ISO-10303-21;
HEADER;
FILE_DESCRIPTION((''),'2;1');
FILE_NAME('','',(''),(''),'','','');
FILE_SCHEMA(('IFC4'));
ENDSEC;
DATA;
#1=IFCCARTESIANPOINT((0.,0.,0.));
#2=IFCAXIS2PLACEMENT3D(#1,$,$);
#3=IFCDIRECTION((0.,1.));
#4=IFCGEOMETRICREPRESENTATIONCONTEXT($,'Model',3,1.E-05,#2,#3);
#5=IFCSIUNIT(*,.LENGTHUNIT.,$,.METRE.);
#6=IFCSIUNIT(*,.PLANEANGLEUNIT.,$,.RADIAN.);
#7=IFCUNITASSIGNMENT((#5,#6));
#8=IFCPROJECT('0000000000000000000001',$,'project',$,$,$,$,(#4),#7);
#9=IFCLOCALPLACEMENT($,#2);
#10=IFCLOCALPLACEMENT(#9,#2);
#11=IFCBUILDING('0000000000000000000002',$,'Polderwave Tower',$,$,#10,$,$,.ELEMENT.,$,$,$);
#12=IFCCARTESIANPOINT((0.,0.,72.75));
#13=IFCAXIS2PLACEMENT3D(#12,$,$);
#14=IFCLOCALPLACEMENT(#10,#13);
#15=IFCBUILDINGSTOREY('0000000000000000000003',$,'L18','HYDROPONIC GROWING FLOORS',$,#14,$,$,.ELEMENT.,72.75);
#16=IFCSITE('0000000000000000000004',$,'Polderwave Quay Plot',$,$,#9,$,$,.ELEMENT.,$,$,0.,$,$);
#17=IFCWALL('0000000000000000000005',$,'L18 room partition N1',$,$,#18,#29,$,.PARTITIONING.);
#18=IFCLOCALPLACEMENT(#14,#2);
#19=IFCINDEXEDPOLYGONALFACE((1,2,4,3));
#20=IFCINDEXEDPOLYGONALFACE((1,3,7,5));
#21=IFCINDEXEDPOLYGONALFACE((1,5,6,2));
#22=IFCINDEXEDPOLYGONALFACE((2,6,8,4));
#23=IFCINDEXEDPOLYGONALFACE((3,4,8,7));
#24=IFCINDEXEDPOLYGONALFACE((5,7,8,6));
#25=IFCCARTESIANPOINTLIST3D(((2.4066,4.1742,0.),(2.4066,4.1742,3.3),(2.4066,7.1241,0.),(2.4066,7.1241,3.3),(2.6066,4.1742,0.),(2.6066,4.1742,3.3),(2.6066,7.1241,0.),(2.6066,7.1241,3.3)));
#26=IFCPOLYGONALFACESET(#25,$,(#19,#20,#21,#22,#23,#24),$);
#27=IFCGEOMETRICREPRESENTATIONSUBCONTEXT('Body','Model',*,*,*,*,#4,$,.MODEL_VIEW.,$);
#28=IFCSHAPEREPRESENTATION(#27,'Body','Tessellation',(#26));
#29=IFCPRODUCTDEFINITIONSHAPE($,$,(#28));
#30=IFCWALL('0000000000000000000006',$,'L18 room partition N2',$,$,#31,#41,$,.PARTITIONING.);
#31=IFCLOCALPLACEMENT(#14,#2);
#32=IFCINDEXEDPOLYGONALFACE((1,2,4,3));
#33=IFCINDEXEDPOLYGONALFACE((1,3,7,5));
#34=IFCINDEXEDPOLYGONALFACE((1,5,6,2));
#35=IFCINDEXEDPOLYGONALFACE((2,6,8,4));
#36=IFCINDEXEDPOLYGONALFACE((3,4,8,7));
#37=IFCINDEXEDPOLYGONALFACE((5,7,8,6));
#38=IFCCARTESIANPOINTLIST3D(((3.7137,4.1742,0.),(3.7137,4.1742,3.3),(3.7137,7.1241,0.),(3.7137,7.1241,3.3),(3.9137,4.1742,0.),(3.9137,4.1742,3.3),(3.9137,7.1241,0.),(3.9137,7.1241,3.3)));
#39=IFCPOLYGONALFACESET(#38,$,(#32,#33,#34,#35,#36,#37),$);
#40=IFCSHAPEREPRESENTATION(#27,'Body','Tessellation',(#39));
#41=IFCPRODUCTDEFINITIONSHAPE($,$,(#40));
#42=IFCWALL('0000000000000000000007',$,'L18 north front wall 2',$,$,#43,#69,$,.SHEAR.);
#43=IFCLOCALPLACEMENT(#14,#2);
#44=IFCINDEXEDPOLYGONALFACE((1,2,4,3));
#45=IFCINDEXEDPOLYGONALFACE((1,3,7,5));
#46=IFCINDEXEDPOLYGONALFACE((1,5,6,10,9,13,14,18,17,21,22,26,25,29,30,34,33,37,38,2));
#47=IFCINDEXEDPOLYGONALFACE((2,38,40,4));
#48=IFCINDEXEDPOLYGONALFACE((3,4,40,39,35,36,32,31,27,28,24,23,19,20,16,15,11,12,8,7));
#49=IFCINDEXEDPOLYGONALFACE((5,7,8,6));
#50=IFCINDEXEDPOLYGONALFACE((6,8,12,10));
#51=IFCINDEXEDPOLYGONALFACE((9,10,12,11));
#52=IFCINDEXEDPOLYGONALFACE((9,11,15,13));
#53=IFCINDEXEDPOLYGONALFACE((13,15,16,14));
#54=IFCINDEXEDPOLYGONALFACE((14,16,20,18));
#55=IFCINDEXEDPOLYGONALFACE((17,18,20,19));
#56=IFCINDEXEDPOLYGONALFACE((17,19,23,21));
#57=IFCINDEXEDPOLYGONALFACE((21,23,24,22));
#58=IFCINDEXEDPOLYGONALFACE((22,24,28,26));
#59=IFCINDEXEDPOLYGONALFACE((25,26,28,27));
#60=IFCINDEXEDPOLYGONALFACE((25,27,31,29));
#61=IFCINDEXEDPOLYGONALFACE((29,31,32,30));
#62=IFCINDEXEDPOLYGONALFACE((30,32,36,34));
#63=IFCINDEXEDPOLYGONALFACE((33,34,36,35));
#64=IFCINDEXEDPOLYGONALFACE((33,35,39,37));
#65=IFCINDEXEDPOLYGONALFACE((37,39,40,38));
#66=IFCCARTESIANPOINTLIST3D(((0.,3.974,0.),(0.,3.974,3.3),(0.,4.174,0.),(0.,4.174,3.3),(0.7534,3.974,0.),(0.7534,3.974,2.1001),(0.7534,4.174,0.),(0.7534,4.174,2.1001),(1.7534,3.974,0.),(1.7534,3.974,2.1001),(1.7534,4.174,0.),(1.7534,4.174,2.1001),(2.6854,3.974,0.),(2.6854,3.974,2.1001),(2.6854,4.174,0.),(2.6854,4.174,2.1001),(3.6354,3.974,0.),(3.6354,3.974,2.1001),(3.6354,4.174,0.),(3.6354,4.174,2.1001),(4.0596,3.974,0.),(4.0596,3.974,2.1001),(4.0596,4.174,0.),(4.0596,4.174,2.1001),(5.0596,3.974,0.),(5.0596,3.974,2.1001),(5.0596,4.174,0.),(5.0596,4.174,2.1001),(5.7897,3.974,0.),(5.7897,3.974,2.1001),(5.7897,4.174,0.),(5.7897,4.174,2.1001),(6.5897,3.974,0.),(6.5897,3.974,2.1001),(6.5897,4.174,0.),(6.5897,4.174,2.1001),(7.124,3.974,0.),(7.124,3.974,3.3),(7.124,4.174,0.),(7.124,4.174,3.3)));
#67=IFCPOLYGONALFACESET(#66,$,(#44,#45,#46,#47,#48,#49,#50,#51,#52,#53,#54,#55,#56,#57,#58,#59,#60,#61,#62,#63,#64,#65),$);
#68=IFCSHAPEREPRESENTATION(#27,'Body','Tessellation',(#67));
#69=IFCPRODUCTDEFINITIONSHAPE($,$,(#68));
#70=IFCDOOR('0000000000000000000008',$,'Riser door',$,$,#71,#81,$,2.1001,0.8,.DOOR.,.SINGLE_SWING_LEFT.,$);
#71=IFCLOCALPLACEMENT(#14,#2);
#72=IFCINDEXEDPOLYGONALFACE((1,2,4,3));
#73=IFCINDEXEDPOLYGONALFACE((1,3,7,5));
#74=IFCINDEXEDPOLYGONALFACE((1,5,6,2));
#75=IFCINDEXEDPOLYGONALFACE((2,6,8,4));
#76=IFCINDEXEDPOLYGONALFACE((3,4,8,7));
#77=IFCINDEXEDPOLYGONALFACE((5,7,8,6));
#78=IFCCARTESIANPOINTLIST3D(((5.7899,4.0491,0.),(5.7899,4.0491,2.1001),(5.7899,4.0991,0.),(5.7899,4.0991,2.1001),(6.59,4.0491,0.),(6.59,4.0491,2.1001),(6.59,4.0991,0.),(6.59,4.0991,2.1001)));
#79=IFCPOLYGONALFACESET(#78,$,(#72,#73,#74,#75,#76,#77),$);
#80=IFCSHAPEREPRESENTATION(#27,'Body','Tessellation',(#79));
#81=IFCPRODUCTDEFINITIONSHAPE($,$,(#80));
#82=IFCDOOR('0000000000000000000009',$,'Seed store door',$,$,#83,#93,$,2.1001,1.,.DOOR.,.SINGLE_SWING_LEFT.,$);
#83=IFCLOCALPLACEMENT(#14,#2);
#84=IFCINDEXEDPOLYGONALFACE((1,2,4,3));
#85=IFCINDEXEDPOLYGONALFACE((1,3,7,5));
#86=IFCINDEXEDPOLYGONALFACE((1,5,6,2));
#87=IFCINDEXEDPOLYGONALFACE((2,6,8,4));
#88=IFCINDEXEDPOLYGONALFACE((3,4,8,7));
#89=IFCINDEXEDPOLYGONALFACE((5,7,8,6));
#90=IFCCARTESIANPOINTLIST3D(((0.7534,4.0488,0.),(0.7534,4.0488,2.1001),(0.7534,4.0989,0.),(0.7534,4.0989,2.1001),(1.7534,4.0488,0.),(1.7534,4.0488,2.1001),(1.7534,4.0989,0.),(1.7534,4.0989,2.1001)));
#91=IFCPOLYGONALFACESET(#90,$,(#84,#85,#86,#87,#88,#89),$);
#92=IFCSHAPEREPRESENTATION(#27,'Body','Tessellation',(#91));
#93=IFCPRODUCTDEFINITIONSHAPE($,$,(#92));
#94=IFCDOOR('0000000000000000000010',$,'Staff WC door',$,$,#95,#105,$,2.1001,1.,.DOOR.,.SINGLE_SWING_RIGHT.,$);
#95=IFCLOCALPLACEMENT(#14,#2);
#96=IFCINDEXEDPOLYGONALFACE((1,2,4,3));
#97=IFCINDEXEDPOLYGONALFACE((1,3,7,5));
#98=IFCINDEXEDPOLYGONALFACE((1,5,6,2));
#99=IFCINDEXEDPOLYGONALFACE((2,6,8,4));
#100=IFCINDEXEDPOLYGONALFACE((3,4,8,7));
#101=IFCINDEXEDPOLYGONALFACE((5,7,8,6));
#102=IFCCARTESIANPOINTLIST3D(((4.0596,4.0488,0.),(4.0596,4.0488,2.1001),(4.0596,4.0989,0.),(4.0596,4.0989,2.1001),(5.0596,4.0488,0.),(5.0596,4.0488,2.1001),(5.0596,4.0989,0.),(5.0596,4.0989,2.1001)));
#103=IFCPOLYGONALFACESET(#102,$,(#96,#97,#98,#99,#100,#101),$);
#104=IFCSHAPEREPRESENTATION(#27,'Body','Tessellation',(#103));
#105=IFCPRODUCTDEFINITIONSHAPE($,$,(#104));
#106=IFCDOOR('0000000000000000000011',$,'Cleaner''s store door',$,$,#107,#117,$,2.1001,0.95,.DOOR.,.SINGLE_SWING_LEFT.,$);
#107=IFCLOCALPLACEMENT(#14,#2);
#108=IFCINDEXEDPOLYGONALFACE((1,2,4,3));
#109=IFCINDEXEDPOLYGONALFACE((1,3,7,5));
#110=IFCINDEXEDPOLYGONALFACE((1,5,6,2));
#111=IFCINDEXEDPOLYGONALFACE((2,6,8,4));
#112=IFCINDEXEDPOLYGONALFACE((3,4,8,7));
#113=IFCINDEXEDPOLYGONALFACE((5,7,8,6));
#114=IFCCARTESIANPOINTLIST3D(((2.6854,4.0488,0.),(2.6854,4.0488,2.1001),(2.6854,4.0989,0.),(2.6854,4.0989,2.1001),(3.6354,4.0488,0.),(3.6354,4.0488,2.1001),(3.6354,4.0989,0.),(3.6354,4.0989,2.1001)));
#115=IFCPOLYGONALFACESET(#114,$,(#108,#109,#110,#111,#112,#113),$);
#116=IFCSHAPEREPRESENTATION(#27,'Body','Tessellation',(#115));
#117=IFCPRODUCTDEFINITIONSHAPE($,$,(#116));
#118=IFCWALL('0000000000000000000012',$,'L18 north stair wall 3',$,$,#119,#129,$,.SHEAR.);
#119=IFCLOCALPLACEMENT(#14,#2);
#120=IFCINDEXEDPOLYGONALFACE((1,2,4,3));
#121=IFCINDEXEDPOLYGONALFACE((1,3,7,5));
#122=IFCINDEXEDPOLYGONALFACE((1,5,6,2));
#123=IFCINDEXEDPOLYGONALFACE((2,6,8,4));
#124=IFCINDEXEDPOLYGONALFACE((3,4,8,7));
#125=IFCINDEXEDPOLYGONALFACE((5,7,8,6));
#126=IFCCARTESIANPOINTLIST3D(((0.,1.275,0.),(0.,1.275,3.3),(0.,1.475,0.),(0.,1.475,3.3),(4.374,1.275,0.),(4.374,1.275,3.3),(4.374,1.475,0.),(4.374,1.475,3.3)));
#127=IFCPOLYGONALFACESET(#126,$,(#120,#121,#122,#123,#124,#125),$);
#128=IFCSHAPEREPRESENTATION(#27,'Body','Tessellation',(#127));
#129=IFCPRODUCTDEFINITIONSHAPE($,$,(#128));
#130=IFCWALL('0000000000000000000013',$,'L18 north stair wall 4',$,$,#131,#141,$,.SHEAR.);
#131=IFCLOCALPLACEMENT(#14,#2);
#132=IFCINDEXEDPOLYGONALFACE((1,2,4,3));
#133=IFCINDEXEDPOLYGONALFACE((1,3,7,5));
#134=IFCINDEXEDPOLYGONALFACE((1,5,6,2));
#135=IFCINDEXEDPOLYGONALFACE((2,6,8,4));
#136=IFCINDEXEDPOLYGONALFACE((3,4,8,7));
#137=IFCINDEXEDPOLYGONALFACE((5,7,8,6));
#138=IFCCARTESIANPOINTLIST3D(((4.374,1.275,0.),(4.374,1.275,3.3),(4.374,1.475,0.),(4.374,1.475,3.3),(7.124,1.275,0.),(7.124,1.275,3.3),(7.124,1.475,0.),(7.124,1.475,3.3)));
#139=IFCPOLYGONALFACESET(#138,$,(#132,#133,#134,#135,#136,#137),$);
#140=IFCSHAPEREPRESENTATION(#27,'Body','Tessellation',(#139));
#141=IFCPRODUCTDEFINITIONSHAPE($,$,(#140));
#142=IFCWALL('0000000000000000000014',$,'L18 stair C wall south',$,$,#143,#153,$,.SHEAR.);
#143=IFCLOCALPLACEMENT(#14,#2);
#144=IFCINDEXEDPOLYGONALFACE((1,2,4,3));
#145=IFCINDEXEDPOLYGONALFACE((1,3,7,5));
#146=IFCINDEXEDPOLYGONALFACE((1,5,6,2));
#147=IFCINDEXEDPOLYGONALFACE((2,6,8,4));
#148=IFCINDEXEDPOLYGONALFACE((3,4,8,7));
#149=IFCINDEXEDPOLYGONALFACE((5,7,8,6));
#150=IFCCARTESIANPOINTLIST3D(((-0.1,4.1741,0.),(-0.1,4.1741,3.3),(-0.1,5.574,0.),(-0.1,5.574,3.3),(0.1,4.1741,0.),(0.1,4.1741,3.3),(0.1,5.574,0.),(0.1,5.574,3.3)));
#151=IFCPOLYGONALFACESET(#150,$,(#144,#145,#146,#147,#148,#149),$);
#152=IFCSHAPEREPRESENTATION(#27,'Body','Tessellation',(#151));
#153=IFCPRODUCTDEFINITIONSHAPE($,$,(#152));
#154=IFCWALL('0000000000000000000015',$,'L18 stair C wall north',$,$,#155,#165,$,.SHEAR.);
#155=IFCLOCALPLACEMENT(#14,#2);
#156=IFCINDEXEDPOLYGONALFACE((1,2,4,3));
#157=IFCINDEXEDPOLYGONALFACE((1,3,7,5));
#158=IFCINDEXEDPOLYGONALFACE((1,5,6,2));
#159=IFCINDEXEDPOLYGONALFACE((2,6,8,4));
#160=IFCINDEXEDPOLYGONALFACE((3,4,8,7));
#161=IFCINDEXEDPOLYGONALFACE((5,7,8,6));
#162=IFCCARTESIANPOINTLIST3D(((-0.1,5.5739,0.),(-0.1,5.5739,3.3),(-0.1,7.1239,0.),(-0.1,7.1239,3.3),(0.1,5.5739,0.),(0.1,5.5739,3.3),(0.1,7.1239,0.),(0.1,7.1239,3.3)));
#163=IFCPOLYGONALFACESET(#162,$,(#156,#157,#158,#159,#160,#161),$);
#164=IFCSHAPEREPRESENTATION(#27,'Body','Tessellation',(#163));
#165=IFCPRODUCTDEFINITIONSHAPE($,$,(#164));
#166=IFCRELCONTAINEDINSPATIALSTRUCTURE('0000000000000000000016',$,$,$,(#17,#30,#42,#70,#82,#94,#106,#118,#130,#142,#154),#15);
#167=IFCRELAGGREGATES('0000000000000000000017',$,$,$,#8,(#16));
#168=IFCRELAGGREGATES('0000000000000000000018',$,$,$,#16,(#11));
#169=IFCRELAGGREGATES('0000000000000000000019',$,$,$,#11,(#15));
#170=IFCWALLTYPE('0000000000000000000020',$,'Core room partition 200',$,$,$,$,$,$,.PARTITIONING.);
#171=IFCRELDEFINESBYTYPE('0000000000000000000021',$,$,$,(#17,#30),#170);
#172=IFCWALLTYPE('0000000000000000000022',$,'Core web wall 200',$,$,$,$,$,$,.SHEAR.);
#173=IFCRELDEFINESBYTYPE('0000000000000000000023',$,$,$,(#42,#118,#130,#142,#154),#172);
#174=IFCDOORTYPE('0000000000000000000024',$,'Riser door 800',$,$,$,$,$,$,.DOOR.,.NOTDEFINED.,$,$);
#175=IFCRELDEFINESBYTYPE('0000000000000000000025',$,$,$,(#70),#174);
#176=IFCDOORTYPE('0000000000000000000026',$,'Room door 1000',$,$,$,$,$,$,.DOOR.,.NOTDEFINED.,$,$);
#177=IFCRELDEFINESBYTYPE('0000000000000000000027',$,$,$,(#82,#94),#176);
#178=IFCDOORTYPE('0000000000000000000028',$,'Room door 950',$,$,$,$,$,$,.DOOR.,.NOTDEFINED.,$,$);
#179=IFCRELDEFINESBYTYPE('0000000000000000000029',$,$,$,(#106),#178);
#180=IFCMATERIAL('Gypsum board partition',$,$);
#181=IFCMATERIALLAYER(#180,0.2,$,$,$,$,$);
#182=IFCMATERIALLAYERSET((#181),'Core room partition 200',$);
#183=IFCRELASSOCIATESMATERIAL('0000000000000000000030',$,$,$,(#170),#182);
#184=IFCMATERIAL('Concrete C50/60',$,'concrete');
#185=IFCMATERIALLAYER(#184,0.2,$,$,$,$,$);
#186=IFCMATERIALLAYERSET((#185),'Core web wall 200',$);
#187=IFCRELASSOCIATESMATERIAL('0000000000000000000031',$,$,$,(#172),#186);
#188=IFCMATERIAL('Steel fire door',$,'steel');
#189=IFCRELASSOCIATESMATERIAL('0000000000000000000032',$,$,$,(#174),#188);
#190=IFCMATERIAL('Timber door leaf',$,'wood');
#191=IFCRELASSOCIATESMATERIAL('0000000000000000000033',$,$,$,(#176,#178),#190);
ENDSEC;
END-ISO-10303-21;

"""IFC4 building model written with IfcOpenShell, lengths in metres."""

from ifc_helpers import new_model, si_unit, direction, frame, frame_2d, origin, place, context, subcontext, project, spatial, rectangle, extrude, material, layer, layer_set, type_object, element, fill, save


model = new_model("IFC4")

# Units and contexts
model_context = context("Model", 3, precision=1e-05, world=origin(), true_north=direction((0.0, 1.0)))
body_context = subcontext(model_context, "Body", "Model", "MODEL_VIEW")
ifc_project = project(units=[si_unit("LENGTHUNIT", "METRE"), si_unit("PLANEANGLEUNIT", "RADIAN")], contexts=[model_context])

# Site, building, storey
site_placement = place(None, origin())
site = spatial("IfcSite", under=ifc_project, at=site_placement, Name="Polderwave Quay Plot", CompositionType="ELEMENT", RefElevation=0.0)
building_placement = place(site_placement, origin())
building = spatial("IfcBuilding", under=site, at=building_placement, Name="Polderwave Tower", CompositionType="ELEMENT")
storey_placement = place(building_placement, frame((0.0, 0.0, 72.75)))
storey = spatial("IfcBuildingStorey", under=building, at=storey_placement, Name="L18", Description="HYDROPONIC GROWING FLOORS", CompositionType="ELEMENT", Elevation=72.75)

# Walls
ifc_material_1 = material(Name="Gypsum board partition")
ifc_layer_1 = layer(ifc_material_1, 0.2)
ifc_layer_set_1 = layer_set([ifc_layer_1], Name="Core room partition 200")
wall_type_1 = type_object("IfcWallType", Name="Core room partition 200", PredefinedType="PARTITIONING", material=ifc_layer_set_1)
for number, where, z_axis, x_axis, name in (
    (1, (2.5066, 4.1741, 0.0), (0.0, 0.0, 1.0), (0.0, 1.0, 0.0), "L18 room partition N1"),
    (2, (3.8137, 4.1741, 0.0), (0.0, 0.0, 1.0), (0.0, 1.0, 0.0), "L18 room partition N2"),
):
    element("IfcWall", number, at=place(storey_placement, frame(where, z_axis=z_axis, x_axis=x_axis)), inside=storey, type_object=wall_type_1, Name=name, PredefinedType="PARTITIONING", context=body_context, shape_type="SweptSolid", body=[
        extrude(rectangle(XDim=2.95, YDim=0.2, at=frame_2d((1.4751, 0.0))), origin(), (0.0, 0.0, 1.0), 3.3),
    ])

# Wall, openings, doors
ifc_material_2 = material(Name="Concrete C50/60", Category="concrete")
ifc_layer_2 = layer(ifc_material_2, 0.2)
ifc_layer_set_2 = layer_set([ifc_layer_2], Name="Core web wall 200")
wall_type_2 = type_object("IfcWallType", Name="Core web wall 200", PredefinedType="SHEAR", material=ifc_layer_set_2)
wall_1_placement = place(storey_placement, frame((0.0, 4.074, 0.0), z_axis=(0.0, 0.0, 1.0), x_axis=(1.0, 0.0, 0.0)))
wall_1 = element("IfcWall", 3, at=wall_1_placement, inside=storey, type_object=wall_type_2, Name="L18 north front wall 2", PredefinedType="SHEAR", context=body_context, shape_type="SweptSolid", body=[
    extrude(rectangle(XDim=7.124, YDim=0.2, at=frame_2d((3.562, 0.0))), origin(), (0.0, 0.0, 1.0), 3.3),
])
opening_1_placement = place(wall_1_placement, frame((0.7534, 0.0, 0.0)))
opening_1 = element("IfcOpeningElement", 4, at=opening_1_placement, cuts=wall_1, PredefinedType="OPENING", context=body_context, shape_type="SweptSolid", body=[
    extrude(rectangle(XDim=1.0, YDim=2.1001, at=frame_2d((0.5, 1.05))), frame((0.0, 0.1099, 0.0), z_axis=(0.0, -1.0, 0.0), x_axis=(1.0, 0.0, 0.0)), (0.0, 0.0, 1.0), 0.22),
])
opening_2_placement = place(wall_1_placement, frame((2.6853, 0.0, 0.0)))
opening_2 = element("IfcOpeningElement", 5, at=opening_2_placement, cuts=wall_1, PredefinedType="OPENING", context=body_context, shape_type="SweptSolid", body=[
    extrude(rectangle(XDim=0.95, YDim=2.1001, at=frame_2d((0.4751, 1.05))), frame((0.0, 0.1099, 0.0), z_axis=(0.0, -1.0, 0.0), x_axis=(1.0, 0.0, 0.0)), (0.0, 0.0, 1.0), 0.22),
])
opening_3_placement = place(wall_1_placement, frame((4.0596, 0.0, 0.0)))
opening_3 = element("IfcOpeningElement", 6, at=opening_3_placement, cuts=wall_1, PredefinedType="OPENING", context=body_context, shape_type="SweptSolid", body=[
    extrude(rectangle(XDim=1.0, YDim=2.1001, at=frame_2d((0.5, 1.05))), frame((0.0, 0.1099, 0.0), z_axis=(0.0, -1.0, 0.0), x_axis=(1.0, 0.0, 0.0)), (0.0, 0.0, 1.0), 0.22),
])
opening_4_placement = place(wall_1_placement, frame((5.7898, 0.0, 0.0)))
opening_4 = element("IfcOpeningElement", 7, at=opening_4_placement, cuts=wall_1, PredefinedType="OPENING", context=body_context, shape_type="SweptSolid", body=[
    extrude(rectangle(XDim=0.8, YDim=2.1001, at=frame_2d((0.3999, 1.05))), frame((0.0, 0.1099, 0.0), z_axis=(0.0, -1.0, 0.0), x_axis=(1.0, 0.0, 0.0)), (0.0, 0.0, 1.0), 0.22),
])
ifc_material_3 = material(Name="Steel fire door", Category="steel")
door_type_1 = type_object("IfcDoorType", Name="Riser door 800", OperationType="NOTDEFINED", PredefinedType="DOOR", material=ifc_material_3)
door_1_placement = place(opening_4_placement, frame((0.8, 0.0, 0.0), z_axis=(0.0, 0.0, 1.0), x_axis=(-1.0, 0.0, 0.0)))
door_1 = element("IfcDoor", 8, at=door_1_placement, inside=storey, type_object=door_type_1, Name="Riser door", OperationType="SINGLE_SWING_LEFT", OverallHeight=2.1001, OverallWidth=0.8, PredefinedType="DOOR", context=body_context, shape_type="SweptSolid", body=[
    extrude(rectangle(XDim=0.8, YDim=2.1001, at=frame_2d((0.3999, 1.05))), frame((0.0, 0.0249, 0.0), z_axis=(0.0, -1.0, 0.0), x_axis=(1.0, 0.0, 0.0)), (0.0, 0.0, 1.0), 0.05),
])
fill(opening_4, door_1)
ifc_material_4 = material(Name="Timber door leaf", Category="wood")
door_type_2 = type_object("IfcDoorType", Name="Room door 1000", OperationType="NOTDEFINED", PredefinedType="DOOR", material=ifc_material_4)
door_2_placement = place(opening_1_placement, origin())
door_2 = element("IfcDoor", 9, at=door_2_placement, inside=storey, type_object=door_type_2, Name="Seed store door", OperationType="SINGLE_SWING_LEFT", OverallHeight=2.1001, OverallWidth=1.0, PredefinedType="DOOR", context=body_context, shape_type="SweptSolid", body=[
    extrude(rectangle(XDim=1.0, YDim=2.1001, at=frame_2d((0.5, 1.05))), frame((0.0, 0.0249, 0.0), z_axis=(0.0, -1.0, 0.0), x_axis=(1.0, 0.0, 0.0)), (0.0, 0.0, 1.0), 0.05),
])
fill(opening_1, door_2)
door_3_placement = place(opening_3_placement, origin())
door_3 = element("IfcDoor", 10, at=door_3_placement, inside=storey, type_object=door_type_2, Name="Staff WC door", OperationType="SINGLE_SWING_RIGHT", OverallHeight=2.1001, OverallWidth=1.0, PredefinedType="DOOR", context=body_context, shape_type="SweptSolid", body=[
    extrude(rectangle(XDim=1.0, YDim=2.1001, at=frame_2d((0.5, 1.05))), frame((0.0, 0.0249, 0.0), z_axis=(0.0, -1.0, 0.0), x_axis=(1.0, 0.0, 0.0)), (0.0, 0.0, 1.0), 0.05),
])
fill(opening_3, door_3)
door_type_3 = type_object("IfcDoorType", Name="Room door 950", OperationType="NOTDEFINED", PredefinedType="DOOR", material=ifc_material_4)
door_4_placement = place(opening_2_placement, origin())
door_4 = element("IfcDoor", 11, at=door_4_placement, inside=storey, type_object=door_type_3, Name="Cleaner's store door", OperationType="SINGLE_SWING_LEFT", OverallHeight=2.1001, OverallWidth=0.95, PredefinedType="DOOR", context=body_context, shape_type="SweptSolid", body=[
    extrude(rectangle(XDim=0.95, YDim=2.1001, at=frame_2d((0.4751, 1.05))), frame((0.0, 0.0249, 0.0), z_axis=(0.0, -1.0, 0.0), x_axis=(1.0, 0.0, 0.0)), (0.0, 0.0, 1.0), 0.05),
])
fill(opening_2, door_4)

# Walls
wall_2_placement = place(storey_placement, frame((0.0, 1.375, 0.0), z_axis=(0.0, 0.0, 1.0), x_axis=(1.0, 0.0, 0.0)))
element("IfcWall", 12, at=wall_2_placement, inside=storey, type_object=wall_type_2, Name="L18 north stair wall 3", PredefinedType="SHEAR", context=body_context, shape_type="SweptSolid", body=[
    extrude(rectangle(XDim=4.374, YDim=0.2, at=frame_2d((2.187, 0.0))), origin(), (0.0, 0.0, 1.0), 3.3),
])
wall_3_placement = place(storey_placement, frame((4.374, 1.375, 0.0), z_axis=(0.0, 0.0, 1.0), x_axis=(1.0, 0.0, 0.0)))
element("IfcWall", 13, at=wall_3_placement, inside=storey, type_object=wall_type_2, Name="L18 north stair wall 4", PredefinedType="SHEAR", context=body_context, shape_type="SweptSolid", body=[
    extrude(rectangle(XDim=2.75, YDim=0.2, at=frame_2d((1.375, 0.0))), origin(), (0.0, 0.0, 1.0), 3.3),
])
wall_4_placement = place(storey_placement, frame((0.0, 4.1741, 0.0), z_axis=(0.0, 0.0, 1.0), x_axis=(0.0, 1.0, 0.0)))
element("IfcWall", 14, at=wall_4_placement, inside=storey, type_object=wall_type_2, Name="L18 stair C wall south", PredefinedType="SHEAR", context=body_context, shape_type="SweptSolid", body=[
    extrude(rectangle(XDim=1.3999, YDim=0.2, at=frame_2d((0.7, 0.0))), origin(), (0.0, 0.0, 1.0), 3.3),
])
wall_5_placement = place(storey_placement, frame((0.0, 5.574, 0.0), z_axis=(0.0, 0.0, 1.0), x_axis=(0.0, 1.0, 0.0)))
element("IfcWall", 15, at=wall_5_placement, inside=storey, type_object=wall_type_2, Name="L18 stair C wall north", PredefinedType="SHEAR", context=body_context, shape_type="SweptSolid", body=[
    extrude(rectangle(XDim=1.55, YDim=0.2, at=frame_2d((0.7749, 0.0))), origin(), (0.0, 0.0, 1.0), 3.3),
])

save(model, "model.ifc")
